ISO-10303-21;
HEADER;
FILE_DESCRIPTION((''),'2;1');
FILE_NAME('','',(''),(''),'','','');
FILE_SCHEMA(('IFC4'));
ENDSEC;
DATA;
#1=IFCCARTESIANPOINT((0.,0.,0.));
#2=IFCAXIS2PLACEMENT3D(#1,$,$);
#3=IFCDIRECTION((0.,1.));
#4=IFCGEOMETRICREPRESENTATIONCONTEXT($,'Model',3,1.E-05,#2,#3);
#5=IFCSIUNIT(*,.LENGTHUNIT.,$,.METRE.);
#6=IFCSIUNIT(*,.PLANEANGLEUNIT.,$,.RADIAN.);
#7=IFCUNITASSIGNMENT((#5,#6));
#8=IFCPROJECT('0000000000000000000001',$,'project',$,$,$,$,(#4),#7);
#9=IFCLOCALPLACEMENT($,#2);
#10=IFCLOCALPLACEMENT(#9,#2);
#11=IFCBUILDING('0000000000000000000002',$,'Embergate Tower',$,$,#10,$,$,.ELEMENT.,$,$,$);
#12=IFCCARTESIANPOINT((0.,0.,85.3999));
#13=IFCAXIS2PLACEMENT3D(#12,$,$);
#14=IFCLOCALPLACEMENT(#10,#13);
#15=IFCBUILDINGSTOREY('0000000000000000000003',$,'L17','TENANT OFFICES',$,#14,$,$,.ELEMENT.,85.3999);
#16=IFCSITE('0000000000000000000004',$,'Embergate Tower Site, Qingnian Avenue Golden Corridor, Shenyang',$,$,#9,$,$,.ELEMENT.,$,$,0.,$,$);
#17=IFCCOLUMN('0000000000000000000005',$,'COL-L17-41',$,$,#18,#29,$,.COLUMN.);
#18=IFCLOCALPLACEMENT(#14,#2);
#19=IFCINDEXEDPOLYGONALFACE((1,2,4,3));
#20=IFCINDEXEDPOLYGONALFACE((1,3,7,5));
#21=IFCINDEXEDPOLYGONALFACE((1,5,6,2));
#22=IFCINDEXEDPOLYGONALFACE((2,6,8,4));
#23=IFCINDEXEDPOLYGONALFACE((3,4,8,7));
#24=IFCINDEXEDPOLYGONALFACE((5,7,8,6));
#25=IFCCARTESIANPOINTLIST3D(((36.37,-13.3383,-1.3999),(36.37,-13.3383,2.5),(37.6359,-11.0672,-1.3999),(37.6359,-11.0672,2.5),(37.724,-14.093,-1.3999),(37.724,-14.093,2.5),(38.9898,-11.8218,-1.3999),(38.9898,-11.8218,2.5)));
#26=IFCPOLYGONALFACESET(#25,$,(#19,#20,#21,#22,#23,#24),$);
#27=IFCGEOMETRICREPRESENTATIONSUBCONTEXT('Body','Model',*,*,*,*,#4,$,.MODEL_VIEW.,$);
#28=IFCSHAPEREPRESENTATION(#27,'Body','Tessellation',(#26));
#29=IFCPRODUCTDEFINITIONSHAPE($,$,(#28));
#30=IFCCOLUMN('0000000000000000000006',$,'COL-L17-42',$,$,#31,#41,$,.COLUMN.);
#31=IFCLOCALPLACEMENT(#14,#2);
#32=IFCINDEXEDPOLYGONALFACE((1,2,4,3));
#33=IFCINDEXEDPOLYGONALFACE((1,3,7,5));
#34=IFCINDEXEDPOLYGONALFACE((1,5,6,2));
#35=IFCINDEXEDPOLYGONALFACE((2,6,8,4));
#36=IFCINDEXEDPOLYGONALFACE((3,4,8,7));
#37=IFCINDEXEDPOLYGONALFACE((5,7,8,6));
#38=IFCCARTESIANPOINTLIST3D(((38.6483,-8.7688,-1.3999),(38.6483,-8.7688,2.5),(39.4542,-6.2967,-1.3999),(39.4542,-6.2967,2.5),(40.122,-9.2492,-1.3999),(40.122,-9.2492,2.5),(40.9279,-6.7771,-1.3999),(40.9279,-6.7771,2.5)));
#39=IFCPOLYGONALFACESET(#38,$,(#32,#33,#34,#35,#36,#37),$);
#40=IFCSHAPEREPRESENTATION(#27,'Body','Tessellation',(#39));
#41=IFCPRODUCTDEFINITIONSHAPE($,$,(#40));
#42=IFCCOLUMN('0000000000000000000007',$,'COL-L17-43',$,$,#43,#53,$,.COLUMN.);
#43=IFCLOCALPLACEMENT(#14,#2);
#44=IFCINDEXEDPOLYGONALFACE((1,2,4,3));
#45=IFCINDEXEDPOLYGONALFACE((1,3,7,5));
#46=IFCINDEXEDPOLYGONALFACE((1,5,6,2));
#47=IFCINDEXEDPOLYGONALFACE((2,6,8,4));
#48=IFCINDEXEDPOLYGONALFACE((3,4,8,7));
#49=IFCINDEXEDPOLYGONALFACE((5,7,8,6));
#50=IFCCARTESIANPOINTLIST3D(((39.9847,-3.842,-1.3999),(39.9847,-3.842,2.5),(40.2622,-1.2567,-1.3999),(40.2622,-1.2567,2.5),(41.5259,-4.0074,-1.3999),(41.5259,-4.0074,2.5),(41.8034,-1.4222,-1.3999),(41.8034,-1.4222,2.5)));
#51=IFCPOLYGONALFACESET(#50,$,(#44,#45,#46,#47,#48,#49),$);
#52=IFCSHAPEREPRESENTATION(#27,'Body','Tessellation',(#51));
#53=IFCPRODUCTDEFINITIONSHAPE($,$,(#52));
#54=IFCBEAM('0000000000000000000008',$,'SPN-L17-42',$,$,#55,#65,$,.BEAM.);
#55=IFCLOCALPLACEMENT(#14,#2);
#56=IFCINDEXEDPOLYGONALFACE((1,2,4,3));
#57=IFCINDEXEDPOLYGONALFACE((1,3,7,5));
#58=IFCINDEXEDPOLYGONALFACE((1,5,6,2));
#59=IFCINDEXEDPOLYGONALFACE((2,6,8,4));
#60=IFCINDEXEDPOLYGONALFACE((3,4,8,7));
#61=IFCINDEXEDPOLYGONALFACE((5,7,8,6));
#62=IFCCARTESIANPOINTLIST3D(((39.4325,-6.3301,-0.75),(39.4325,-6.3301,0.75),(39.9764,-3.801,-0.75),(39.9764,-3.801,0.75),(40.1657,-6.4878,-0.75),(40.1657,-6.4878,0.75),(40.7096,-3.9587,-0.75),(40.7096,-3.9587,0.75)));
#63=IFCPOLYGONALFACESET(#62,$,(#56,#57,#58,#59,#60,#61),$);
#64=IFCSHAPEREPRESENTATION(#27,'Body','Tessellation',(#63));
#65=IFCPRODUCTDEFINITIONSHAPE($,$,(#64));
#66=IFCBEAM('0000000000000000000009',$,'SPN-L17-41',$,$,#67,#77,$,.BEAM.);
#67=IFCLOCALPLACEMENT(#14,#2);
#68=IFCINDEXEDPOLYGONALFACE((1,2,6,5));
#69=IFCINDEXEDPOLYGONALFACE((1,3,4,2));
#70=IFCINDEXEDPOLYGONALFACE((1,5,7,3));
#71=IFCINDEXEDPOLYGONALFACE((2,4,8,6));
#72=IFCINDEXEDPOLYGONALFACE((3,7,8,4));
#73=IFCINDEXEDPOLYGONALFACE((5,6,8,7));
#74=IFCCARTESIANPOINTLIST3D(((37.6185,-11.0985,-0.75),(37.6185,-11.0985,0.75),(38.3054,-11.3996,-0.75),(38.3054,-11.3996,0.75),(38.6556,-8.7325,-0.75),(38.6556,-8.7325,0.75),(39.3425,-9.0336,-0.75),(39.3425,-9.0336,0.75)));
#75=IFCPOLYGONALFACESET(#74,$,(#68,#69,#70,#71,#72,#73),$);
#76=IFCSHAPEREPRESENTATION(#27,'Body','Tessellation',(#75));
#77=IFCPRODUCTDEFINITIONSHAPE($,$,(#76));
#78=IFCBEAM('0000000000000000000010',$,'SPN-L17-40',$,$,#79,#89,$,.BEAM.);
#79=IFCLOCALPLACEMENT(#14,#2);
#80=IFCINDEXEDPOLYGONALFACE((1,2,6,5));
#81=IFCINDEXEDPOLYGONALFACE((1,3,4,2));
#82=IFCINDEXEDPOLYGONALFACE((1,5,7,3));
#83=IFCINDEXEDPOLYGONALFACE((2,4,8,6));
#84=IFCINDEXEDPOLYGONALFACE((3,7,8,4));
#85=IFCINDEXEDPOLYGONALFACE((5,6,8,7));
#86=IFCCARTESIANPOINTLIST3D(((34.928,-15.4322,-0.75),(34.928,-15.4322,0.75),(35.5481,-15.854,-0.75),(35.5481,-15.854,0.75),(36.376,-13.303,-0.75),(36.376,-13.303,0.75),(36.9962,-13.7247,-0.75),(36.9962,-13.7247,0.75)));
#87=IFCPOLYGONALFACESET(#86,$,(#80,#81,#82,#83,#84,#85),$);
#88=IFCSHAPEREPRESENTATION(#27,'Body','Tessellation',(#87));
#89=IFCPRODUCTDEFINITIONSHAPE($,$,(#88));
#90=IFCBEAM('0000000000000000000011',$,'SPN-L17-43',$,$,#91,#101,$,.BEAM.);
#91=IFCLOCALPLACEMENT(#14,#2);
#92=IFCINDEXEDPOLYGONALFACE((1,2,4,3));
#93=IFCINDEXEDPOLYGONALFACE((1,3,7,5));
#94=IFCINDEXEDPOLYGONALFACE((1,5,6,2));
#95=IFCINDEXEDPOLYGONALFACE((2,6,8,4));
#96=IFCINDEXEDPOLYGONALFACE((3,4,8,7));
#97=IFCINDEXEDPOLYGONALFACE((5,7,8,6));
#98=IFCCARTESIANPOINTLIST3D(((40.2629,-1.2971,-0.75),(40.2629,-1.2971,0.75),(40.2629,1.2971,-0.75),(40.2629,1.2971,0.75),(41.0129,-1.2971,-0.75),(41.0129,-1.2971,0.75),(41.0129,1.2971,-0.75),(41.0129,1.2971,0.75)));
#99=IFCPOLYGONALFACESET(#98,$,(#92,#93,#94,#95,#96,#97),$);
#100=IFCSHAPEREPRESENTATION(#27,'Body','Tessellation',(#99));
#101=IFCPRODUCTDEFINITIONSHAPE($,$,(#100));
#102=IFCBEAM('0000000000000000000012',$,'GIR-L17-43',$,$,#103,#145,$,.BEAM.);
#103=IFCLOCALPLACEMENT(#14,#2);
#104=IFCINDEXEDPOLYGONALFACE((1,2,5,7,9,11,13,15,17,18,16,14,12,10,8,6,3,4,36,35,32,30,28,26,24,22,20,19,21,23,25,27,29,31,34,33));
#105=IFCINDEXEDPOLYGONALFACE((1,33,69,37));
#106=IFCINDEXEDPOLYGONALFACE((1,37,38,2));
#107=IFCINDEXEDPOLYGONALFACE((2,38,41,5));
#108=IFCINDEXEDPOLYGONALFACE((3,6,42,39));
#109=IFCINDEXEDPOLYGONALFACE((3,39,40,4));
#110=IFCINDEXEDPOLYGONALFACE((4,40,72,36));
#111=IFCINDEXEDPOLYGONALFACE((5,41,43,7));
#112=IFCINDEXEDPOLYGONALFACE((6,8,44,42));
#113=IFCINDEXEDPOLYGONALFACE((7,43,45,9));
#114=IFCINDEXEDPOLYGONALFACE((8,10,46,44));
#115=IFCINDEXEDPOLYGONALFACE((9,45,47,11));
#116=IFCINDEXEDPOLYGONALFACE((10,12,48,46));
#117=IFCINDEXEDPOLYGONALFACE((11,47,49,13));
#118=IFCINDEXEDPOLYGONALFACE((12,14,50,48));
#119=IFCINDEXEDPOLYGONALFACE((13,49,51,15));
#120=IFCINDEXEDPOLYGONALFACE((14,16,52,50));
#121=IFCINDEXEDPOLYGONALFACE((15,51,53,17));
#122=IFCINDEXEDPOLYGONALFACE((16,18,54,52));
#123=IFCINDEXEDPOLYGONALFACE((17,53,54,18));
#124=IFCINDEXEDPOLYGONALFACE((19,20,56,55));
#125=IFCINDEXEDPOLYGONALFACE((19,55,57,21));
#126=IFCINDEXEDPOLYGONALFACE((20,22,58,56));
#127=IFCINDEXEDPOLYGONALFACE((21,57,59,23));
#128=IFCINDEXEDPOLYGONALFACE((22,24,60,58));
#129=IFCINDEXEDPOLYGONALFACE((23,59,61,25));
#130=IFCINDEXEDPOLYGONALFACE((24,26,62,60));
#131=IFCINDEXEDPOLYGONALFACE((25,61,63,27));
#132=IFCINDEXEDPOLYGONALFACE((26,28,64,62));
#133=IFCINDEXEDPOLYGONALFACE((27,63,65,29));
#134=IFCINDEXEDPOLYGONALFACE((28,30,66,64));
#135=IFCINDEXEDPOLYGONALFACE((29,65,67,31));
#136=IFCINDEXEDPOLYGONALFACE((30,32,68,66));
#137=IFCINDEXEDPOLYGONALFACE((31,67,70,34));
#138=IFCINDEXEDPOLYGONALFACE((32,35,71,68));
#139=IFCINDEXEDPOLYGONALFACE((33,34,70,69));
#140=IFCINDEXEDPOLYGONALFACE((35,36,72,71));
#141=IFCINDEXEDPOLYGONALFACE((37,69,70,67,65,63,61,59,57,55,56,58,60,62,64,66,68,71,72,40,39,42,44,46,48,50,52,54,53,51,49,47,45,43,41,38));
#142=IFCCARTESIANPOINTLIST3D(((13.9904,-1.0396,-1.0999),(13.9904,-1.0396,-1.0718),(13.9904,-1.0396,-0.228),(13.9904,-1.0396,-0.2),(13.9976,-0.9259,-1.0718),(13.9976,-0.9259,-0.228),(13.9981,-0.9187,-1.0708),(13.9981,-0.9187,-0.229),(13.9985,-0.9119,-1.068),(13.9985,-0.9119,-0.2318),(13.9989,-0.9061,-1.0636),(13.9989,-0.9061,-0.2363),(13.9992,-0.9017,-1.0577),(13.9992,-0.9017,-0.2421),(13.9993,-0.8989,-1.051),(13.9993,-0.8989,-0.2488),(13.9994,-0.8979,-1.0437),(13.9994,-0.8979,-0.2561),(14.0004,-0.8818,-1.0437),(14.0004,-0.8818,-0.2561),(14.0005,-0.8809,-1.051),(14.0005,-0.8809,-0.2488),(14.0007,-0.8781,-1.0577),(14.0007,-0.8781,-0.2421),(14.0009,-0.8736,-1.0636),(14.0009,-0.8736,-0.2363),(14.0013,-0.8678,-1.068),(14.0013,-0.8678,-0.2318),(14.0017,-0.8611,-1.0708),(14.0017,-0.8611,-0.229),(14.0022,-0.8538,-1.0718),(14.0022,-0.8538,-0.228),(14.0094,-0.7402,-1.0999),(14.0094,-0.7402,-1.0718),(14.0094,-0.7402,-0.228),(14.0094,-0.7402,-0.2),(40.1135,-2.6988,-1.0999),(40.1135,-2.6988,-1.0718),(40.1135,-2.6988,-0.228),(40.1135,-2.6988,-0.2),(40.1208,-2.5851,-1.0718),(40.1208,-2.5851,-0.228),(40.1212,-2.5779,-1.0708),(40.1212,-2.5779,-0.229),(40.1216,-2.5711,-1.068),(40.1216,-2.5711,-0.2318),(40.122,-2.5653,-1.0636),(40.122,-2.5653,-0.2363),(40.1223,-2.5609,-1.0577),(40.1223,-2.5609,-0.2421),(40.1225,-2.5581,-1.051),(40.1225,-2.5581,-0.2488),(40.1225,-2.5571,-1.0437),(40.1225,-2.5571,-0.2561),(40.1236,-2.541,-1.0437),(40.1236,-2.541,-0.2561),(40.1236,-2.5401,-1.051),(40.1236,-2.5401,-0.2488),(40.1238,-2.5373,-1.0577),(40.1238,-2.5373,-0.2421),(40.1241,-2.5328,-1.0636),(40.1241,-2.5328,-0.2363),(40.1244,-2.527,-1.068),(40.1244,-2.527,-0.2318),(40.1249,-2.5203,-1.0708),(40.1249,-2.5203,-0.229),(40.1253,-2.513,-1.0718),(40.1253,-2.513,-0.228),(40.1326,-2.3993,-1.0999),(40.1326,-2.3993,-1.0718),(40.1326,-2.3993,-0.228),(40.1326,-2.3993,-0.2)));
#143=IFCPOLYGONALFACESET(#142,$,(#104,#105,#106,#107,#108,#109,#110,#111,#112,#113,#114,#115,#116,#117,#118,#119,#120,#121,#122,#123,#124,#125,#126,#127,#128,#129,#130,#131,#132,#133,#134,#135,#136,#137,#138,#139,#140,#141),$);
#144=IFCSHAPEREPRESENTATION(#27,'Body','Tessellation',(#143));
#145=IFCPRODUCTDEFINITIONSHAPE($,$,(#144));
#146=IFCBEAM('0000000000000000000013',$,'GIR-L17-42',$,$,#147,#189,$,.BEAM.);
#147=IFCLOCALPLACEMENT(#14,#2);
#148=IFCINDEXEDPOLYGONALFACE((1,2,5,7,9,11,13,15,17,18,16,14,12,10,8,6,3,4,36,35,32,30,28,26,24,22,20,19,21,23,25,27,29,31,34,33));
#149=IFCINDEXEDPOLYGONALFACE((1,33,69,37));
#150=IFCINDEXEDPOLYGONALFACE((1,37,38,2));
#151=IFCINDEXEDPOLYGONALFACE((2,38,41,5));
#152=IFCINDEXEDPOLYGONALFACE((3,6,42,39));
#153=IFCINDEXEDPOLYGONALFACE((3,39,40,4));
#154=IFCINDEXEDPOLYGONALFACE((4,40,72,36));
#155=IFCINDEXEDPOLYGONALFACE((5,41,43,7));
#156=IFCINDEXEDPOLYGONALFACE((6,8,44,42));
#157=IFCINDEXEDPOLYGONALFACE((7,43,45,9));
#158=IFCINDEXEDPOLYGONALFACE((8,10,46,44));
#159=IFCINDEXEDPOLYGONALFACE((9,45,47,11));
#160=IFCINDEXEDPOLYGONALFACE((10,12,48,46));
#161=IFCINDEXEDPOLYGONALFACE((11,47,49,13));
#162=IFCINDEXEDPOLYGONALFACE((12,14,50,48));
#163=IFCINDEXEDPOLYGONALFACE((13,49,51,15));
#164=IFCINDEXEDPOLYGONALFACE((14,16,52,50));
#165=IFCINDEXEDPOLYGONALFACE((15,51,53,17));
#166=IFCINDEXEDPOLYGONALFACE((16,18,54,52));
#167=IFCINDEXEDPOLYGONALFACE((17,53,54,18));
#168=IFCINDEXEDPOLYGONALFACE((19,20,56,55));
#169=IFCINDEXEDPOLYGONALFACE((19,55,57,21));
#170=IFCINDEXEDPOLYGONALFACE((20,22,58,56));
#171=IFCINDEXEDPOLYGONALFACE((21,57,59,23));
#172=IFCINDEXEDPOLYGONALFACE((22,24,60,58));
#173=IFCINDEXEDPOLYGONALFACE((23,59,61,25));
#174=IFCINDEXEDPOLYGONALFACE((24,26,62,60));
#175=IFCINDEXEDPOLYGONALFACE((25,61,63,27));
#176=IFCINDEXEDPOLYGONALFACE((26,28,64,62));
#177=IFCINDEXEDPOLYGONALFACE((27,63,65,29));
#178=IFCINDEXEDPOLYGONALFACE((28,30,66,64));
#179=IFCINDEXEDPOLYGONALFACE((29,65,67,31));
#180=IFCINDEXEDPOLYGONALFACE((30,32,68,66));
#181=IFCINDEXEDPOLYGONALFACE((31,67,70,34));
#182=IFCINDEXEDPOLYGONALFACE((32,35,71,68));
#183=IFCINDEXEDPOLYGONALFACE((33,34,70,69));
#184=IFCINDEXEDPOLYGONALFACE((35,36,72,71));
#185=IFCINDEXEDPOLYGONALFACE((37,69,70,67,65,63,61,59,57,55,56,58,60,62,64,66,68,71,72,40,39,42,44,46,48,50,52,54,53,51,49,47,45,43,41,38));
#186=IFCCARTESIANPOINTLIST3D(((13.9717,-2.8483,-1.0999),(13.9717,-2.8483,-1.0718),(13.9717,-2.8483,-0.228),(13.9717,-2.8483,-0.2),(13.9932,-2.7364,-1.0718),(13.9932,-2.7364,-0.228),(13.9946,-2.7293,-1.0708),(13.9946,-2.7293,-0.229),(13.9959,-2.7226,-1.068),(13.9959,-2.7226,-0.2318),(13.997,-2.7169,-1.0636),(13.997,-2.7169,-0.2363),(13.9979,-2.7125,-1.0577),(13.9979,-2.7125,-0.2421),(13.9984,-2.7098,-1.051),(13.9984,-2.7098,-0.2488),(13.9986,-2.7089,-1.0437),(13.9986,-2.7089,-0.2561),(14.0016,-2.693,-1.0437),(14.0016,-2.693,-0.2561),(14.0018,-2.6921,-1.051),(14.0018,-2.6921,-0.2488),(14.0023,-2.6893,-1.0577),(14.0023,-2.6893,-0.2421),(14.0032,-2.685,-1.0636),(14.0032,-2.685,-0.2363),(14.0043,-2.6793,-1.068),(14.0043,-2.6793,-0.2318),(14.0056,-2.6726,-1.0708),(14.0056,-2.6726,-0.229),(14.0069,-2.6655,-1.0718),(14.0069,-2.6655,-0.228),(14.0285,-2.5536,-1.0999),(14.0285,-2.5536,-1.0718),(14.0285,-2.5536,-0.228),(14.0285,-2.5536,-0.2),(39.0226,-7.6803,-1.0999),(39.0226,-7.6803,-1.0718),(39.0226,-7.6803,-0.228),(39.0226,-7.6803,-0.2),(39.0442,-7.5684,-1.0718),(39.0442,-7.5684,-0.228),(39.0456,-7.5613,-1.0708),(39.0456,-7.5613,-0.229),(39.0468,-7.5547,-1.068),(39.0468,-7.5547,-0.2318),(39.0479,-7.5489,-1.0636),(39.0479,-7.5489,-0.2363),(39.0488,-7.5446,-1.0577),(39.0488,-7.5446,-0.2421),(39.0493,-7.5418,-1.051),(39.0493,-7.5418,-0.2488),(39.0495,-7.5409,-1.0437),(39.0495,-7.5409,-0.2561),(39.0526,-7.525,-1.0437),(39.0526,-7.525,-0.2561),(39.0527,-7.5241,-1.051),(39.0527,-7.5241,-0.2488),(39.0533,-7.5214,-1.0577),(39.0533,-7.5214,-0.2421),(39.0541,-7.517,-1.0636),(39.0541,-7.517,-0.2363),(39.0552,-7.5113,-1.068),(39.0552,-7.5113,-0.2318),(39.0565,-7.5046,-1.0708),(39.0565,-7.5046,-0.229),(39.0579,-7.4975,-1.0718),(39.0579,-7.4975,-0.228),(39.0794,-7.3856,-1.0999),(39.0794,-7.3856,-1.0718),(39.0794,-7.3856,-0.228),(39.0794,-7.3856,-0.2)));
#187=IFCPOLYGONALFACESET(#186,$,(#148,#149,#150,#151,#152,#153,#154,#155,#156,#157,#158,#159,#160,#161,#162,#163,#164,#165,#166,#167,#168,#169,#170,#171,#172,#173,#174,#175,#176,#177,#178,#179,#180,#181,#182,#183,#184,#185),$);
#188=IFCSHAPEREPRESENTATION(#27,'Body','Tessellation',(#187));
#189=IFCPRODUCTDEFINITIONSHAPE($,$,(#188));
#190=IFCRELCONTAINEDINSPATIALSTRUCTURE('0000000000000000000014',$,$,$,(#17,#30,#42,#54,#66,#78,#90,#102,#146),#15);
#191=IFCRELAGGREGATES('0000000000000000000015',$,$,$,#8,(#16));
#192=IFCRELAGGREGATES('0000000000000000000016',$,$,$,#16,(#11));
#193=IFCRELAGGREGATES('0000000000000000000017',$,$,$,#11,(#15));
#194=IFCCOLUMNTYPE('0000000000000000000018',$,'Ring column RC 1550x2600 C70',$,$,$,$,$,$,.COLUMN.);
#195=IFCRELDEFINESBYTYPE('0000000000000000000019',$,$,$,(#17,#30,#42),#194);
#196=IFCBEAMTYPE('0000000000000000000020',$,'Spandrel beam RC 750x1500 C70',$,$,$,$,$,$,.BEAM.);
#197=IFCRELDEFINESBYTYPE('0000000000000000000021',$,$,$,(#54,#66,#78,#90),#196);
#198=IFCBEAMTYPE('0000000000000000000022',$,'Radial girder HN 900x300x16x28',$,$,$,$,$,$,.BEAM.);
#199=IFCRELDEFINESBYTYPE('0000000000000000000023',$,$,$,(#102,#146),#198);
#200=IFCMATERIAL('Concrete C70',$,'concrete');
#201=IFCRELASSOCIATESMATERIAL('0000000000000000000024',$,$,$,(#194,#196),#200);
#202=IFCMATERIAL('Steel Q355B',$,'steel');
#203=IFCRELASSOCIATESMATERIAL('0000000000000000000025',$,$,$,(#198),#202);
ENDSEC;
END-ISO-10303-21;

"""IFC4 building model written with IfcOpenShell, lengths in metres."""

from ifc_helpers import new_model, si_unit, direction, frame, origin, origin_2d, place, context, subcontext, project, spatial, rectangle, i_section, extrude, source, transform, mapped, material, material_profile, profile_set, type_object, element, save


model = new_model("IFC4")

# Units and contexts
model_context = context("Model", 3, precision=1e-05, world=origin(), true_north=direction((0.0, 1.0)))
body_context = subcontext(model_context, "Body", "Model", "MODEL_VIEW")
ifc_project = project(units=[si_unit("LENGTHUNIT", "METRE"), si_unit("PLANEANGLEUNIT", "RADIAN")], contexts=[model_context])

# Site, building, storey
site_placement = place(None, origin())
site = spatial("IfcSite", under=ifc_project, at=site_placement, Name="Embergate Tower Site, Qingnian Avenue Golden Corridor, Shenyang", CompositionType="ELEMENT", RefElevation=0.0)
building_placement = place(site_placement, origin())
building = spatial("IfcBuilding", under=site, at=building_placement, Name="Embergate Tower", CompositionType="ELEMENT")
storey_placement = place(building_placement, frame((0.0, 0.0, 85.3999)))
storey = spatial("IfcBuildingStorey", under=building, at=storey_placement, Name="L17", Description="TENANT OFFICES", CompositionType="ELEMENT", Elevation=85.3999)

# Columns
ifc_material_1 = material(Name="Concrete C70", Category="concrete")
ifc_material_profile_1 = material_profile(ifc_material_1, rectangle(XDim=1.55, YDim=2.6001, at=origin_2d()), Name="RC 1550x2600")
ifc_profile_set_1 = profile_set([ifc_material_profile_1], Name="Concrete C70")
column_type = type_object("IfcColumnType", Name="Ring column RC 1550x2600 C70", PredefinedType="COLUMN", material=ifc_profile_set_1)
shared_shape_1 = source(origin(), body_context, "Body", "SweptSolid", [
    extrude(rectangle(XDim=1.55, YDim=2.6001, at=origin_2d()), origin(), (0.0, 0.0, 1.0), 3.8999),
])
for number, where, z_axis, x_axis, name in (
    (1, (37.6799, -12.5801, -1.3999), (0.0, 0.0, 1.0), (0.873492, -0.486839, 0.0), "COL-L17-41"),
    (2, (39.7881, -7.7729, -1.3999), (0.0, 0.0, 1.0), (0.950754, -0.309946, 0.0), "COL-L17-42"),
    (3, (40.894, -2.6321, -1.3999), (0.0, 0.0, 1.0), (0.994286, -0.10675, 0.0), "COL-L17-43"),
):
    element("IfcColumn", number, at=place(storey_placement, frame(where, z_axis=z_axis, x_axis=x_axis)), inside=storey, type_object=column_type, Name=name, PredefinedType="COLUMN", context=body_context, shape_type="MappedRepresentation", body=[
        mapped(shared_shape_1, transform((0.0, 0.0, 0.0))),
    ])

# Beams
ifc_material_profile_2 = material_profile(ifc_material_1, rectangle(XDim=0.75, YDim=1.5, at=origin_2d()), Name="RC 750x1500")
ifc_profile_set_2 = profile_set([ifc_material_profile_2], Name="Concrete C70")
beam_type_1 = type_object("IfcBeamType", Name="Spandrel beam RC 750x1500 C70", PredefinedType="BEAM", material=ifc_profile_set_2)
shared_shape_2 = source(origin(), body_context, "Body", "SweptSolid", [
    extrude(rectangle(XDim=0.75, YDim=1.5, at=origin_2d()), origin(), (0.0, 0.0, 1.0), 2.5869),
])
beam_1_placement = place(storey_placement, frame((39.7991, -6.4089, 0.0), z_axis=(0.21027, 0.977643, 0.0), x_axis=(-0.977643, 0.21027, 0.0)))
element("IfcBeam", 4, at=beam_1_placement, inside=storey, type_object=beam_type_1, Name="SPN-L17-42", PredefinedType="BEAM", context=body_context, shape_type="MappedRepresentation", body=[
    mapped(shared_shape_2, transform((0.0, 0.0, 0.0))),
])
shared_shape_3 = source(origin(), body_context, "Body", "SweptSolid", [
    extrude(rectangle(XDim=0.75, YDim=1.5, at=origin_2d()), origin(), (0.0, 0.0, 1.0), 2.5833),
])
beam_2_placement = place(storey_placement, frame((37.9619, -11.249, 0.0), z_axis=(0.401468, 0.915873, 0.0), x_axis=(-0.915873, 0.401468, 0.0)))
element("IfcBeam", 5, at=beam_2_placement, inside=storey, type_object=beam_type_1, Name="SPN-L17-41", PredefinedType="BEAM", context=body_context, shape_type="MappedRepresentation", body=[
    mapped(shared_shape_3, transform((0.0, 0.0, 0.0))),
])
shared_shape_4 = source(origin(), body_context, "Body", "SweptSolid", [
    extrude(rectangle(XDim=0.75, YDim=1.5, at=origin_2d()), origin(), (0.0, 0.0, 1.0), 2.575),
])
beam_3_placement = place(storey_placement, frame((35.238, -15.6431, 0.0), z_axis=(0.562357, 0.826895, 0.0), x_axis=(-0.826895, 0.562357, 0.0)))
element("IfcBeam", 6, at=beam_3_placement, inside=storey, type_object=beam_type_1, Name="SPN-L17-40", PredefinedType="BEAM", context=body_context, shape_type="MappedRepresentation", body=[
    mapped(shared_shape_4, transform((0.0, 0.0, 0.0))),
])
shared_shape_5 = source(origin(), body_context, "Body", "SweptSolid", [
    extrude(rectangle(XDim=0.75, YDim=1.5, at=origin_2d()), origin(), (0.0, 0.0, 1.0), 2.5942),
])
beam_4_placement = place(storey_placement, frame((40.6379, -1.2971, 0.0), z_axis=(0.0, 1.0, 0.0), x_axis=(-1.0, 0.0, 0.0)))
element("IfcBeam", 7, at=beam_4_placement, inside=storey, type_object=beam_type_1, Name="SPN-L17-43", PredefinedType="BEAM", context=body_context, shape_type="MappedRepresentation", body=[
    mapped(shared_shape_5, transform((0.0, 0.0, 0.0))),
])
ifc_material_2 = material(Name="Steel Q355B", Category="steel")
ifc_material_profile_3 = material_profile(ifc_material_2, i_section(OverallWidth=0.3, OverallDepth=0.8999, WebThickness=0.0161, FlangeThickness=0.0281, FilletRadius=0.0281, at=origin_2d()), Name="HN 900x300x16x28")
ifc_profile_set_3 = profile_set([ifc_material_profile_3], Name="Steel Q355 grade B")
beam_type_2 = type_object("IfcBeamType", Name="Radial girder HN 900x300x16x28", PredefinedType="BEAM", material=ifc_profile_set_3)
shared_shape_6 = source(origin(), body_context, "Body", "SweptSolid", [
    extrude(i_section(OverallWidth=0.3, OverallDepth=0.8999, WebThickness=0.0161, FlangeThickness=0.0281, FilletRadius=0.0281, at=origin_2d()), origin(), (0.0, 0.0, 1.0), 26.1758),
])
beam_5_placement = place(storey_placement, frame((40.123, -2.5491, -0.6499), z_axis=(-0.997989, 0.063386, 0.0), x_axis=(-0.063386, -0.997989, 0.0)))
element("IfcBeam", 8, at=beam_5_placement, inside=storey, type_object=beam_type_2, Name="GIR-L17-43", PredefinedType="BEAM", context=body_context, shape_type="MappedRepresentation", body=[
    mapped(shared_shape_6, transform((0.0, 0.0, 0.0))),
])
shared_shape_7 = source(origin(), body_context, "Body", "SweptSolid", [
    extrude(i_section(OverallWidth=0.3, OverallDepth=0.8999, WebThickness=0.0161, FlangeThickness=0.0281, FilletRadius=0.0281, at=origin_2d()), origin(), (0.0, 0.0, 1.0), 25.5127),
])
beam_6_placement = place(storey_placement, frame((39.051, -7.533, -0.6499), z_axis=(-0.981901, 0.189396, 0.0), x_axis=(-0.189396, -0.981901, 0.0)))
element("IfcBeam", 9, at=beam_6_placement, inside=storey, type_object=beam_type_2, Name="GIR-L17-42", PredefinedType="BEAM", context=body_context, shape_type="MappedRepresentation", body=[
    mapped(shared_shape_7, transform((0.0, 0.0, 0.0))),
])

save(model, "model.ifc")
